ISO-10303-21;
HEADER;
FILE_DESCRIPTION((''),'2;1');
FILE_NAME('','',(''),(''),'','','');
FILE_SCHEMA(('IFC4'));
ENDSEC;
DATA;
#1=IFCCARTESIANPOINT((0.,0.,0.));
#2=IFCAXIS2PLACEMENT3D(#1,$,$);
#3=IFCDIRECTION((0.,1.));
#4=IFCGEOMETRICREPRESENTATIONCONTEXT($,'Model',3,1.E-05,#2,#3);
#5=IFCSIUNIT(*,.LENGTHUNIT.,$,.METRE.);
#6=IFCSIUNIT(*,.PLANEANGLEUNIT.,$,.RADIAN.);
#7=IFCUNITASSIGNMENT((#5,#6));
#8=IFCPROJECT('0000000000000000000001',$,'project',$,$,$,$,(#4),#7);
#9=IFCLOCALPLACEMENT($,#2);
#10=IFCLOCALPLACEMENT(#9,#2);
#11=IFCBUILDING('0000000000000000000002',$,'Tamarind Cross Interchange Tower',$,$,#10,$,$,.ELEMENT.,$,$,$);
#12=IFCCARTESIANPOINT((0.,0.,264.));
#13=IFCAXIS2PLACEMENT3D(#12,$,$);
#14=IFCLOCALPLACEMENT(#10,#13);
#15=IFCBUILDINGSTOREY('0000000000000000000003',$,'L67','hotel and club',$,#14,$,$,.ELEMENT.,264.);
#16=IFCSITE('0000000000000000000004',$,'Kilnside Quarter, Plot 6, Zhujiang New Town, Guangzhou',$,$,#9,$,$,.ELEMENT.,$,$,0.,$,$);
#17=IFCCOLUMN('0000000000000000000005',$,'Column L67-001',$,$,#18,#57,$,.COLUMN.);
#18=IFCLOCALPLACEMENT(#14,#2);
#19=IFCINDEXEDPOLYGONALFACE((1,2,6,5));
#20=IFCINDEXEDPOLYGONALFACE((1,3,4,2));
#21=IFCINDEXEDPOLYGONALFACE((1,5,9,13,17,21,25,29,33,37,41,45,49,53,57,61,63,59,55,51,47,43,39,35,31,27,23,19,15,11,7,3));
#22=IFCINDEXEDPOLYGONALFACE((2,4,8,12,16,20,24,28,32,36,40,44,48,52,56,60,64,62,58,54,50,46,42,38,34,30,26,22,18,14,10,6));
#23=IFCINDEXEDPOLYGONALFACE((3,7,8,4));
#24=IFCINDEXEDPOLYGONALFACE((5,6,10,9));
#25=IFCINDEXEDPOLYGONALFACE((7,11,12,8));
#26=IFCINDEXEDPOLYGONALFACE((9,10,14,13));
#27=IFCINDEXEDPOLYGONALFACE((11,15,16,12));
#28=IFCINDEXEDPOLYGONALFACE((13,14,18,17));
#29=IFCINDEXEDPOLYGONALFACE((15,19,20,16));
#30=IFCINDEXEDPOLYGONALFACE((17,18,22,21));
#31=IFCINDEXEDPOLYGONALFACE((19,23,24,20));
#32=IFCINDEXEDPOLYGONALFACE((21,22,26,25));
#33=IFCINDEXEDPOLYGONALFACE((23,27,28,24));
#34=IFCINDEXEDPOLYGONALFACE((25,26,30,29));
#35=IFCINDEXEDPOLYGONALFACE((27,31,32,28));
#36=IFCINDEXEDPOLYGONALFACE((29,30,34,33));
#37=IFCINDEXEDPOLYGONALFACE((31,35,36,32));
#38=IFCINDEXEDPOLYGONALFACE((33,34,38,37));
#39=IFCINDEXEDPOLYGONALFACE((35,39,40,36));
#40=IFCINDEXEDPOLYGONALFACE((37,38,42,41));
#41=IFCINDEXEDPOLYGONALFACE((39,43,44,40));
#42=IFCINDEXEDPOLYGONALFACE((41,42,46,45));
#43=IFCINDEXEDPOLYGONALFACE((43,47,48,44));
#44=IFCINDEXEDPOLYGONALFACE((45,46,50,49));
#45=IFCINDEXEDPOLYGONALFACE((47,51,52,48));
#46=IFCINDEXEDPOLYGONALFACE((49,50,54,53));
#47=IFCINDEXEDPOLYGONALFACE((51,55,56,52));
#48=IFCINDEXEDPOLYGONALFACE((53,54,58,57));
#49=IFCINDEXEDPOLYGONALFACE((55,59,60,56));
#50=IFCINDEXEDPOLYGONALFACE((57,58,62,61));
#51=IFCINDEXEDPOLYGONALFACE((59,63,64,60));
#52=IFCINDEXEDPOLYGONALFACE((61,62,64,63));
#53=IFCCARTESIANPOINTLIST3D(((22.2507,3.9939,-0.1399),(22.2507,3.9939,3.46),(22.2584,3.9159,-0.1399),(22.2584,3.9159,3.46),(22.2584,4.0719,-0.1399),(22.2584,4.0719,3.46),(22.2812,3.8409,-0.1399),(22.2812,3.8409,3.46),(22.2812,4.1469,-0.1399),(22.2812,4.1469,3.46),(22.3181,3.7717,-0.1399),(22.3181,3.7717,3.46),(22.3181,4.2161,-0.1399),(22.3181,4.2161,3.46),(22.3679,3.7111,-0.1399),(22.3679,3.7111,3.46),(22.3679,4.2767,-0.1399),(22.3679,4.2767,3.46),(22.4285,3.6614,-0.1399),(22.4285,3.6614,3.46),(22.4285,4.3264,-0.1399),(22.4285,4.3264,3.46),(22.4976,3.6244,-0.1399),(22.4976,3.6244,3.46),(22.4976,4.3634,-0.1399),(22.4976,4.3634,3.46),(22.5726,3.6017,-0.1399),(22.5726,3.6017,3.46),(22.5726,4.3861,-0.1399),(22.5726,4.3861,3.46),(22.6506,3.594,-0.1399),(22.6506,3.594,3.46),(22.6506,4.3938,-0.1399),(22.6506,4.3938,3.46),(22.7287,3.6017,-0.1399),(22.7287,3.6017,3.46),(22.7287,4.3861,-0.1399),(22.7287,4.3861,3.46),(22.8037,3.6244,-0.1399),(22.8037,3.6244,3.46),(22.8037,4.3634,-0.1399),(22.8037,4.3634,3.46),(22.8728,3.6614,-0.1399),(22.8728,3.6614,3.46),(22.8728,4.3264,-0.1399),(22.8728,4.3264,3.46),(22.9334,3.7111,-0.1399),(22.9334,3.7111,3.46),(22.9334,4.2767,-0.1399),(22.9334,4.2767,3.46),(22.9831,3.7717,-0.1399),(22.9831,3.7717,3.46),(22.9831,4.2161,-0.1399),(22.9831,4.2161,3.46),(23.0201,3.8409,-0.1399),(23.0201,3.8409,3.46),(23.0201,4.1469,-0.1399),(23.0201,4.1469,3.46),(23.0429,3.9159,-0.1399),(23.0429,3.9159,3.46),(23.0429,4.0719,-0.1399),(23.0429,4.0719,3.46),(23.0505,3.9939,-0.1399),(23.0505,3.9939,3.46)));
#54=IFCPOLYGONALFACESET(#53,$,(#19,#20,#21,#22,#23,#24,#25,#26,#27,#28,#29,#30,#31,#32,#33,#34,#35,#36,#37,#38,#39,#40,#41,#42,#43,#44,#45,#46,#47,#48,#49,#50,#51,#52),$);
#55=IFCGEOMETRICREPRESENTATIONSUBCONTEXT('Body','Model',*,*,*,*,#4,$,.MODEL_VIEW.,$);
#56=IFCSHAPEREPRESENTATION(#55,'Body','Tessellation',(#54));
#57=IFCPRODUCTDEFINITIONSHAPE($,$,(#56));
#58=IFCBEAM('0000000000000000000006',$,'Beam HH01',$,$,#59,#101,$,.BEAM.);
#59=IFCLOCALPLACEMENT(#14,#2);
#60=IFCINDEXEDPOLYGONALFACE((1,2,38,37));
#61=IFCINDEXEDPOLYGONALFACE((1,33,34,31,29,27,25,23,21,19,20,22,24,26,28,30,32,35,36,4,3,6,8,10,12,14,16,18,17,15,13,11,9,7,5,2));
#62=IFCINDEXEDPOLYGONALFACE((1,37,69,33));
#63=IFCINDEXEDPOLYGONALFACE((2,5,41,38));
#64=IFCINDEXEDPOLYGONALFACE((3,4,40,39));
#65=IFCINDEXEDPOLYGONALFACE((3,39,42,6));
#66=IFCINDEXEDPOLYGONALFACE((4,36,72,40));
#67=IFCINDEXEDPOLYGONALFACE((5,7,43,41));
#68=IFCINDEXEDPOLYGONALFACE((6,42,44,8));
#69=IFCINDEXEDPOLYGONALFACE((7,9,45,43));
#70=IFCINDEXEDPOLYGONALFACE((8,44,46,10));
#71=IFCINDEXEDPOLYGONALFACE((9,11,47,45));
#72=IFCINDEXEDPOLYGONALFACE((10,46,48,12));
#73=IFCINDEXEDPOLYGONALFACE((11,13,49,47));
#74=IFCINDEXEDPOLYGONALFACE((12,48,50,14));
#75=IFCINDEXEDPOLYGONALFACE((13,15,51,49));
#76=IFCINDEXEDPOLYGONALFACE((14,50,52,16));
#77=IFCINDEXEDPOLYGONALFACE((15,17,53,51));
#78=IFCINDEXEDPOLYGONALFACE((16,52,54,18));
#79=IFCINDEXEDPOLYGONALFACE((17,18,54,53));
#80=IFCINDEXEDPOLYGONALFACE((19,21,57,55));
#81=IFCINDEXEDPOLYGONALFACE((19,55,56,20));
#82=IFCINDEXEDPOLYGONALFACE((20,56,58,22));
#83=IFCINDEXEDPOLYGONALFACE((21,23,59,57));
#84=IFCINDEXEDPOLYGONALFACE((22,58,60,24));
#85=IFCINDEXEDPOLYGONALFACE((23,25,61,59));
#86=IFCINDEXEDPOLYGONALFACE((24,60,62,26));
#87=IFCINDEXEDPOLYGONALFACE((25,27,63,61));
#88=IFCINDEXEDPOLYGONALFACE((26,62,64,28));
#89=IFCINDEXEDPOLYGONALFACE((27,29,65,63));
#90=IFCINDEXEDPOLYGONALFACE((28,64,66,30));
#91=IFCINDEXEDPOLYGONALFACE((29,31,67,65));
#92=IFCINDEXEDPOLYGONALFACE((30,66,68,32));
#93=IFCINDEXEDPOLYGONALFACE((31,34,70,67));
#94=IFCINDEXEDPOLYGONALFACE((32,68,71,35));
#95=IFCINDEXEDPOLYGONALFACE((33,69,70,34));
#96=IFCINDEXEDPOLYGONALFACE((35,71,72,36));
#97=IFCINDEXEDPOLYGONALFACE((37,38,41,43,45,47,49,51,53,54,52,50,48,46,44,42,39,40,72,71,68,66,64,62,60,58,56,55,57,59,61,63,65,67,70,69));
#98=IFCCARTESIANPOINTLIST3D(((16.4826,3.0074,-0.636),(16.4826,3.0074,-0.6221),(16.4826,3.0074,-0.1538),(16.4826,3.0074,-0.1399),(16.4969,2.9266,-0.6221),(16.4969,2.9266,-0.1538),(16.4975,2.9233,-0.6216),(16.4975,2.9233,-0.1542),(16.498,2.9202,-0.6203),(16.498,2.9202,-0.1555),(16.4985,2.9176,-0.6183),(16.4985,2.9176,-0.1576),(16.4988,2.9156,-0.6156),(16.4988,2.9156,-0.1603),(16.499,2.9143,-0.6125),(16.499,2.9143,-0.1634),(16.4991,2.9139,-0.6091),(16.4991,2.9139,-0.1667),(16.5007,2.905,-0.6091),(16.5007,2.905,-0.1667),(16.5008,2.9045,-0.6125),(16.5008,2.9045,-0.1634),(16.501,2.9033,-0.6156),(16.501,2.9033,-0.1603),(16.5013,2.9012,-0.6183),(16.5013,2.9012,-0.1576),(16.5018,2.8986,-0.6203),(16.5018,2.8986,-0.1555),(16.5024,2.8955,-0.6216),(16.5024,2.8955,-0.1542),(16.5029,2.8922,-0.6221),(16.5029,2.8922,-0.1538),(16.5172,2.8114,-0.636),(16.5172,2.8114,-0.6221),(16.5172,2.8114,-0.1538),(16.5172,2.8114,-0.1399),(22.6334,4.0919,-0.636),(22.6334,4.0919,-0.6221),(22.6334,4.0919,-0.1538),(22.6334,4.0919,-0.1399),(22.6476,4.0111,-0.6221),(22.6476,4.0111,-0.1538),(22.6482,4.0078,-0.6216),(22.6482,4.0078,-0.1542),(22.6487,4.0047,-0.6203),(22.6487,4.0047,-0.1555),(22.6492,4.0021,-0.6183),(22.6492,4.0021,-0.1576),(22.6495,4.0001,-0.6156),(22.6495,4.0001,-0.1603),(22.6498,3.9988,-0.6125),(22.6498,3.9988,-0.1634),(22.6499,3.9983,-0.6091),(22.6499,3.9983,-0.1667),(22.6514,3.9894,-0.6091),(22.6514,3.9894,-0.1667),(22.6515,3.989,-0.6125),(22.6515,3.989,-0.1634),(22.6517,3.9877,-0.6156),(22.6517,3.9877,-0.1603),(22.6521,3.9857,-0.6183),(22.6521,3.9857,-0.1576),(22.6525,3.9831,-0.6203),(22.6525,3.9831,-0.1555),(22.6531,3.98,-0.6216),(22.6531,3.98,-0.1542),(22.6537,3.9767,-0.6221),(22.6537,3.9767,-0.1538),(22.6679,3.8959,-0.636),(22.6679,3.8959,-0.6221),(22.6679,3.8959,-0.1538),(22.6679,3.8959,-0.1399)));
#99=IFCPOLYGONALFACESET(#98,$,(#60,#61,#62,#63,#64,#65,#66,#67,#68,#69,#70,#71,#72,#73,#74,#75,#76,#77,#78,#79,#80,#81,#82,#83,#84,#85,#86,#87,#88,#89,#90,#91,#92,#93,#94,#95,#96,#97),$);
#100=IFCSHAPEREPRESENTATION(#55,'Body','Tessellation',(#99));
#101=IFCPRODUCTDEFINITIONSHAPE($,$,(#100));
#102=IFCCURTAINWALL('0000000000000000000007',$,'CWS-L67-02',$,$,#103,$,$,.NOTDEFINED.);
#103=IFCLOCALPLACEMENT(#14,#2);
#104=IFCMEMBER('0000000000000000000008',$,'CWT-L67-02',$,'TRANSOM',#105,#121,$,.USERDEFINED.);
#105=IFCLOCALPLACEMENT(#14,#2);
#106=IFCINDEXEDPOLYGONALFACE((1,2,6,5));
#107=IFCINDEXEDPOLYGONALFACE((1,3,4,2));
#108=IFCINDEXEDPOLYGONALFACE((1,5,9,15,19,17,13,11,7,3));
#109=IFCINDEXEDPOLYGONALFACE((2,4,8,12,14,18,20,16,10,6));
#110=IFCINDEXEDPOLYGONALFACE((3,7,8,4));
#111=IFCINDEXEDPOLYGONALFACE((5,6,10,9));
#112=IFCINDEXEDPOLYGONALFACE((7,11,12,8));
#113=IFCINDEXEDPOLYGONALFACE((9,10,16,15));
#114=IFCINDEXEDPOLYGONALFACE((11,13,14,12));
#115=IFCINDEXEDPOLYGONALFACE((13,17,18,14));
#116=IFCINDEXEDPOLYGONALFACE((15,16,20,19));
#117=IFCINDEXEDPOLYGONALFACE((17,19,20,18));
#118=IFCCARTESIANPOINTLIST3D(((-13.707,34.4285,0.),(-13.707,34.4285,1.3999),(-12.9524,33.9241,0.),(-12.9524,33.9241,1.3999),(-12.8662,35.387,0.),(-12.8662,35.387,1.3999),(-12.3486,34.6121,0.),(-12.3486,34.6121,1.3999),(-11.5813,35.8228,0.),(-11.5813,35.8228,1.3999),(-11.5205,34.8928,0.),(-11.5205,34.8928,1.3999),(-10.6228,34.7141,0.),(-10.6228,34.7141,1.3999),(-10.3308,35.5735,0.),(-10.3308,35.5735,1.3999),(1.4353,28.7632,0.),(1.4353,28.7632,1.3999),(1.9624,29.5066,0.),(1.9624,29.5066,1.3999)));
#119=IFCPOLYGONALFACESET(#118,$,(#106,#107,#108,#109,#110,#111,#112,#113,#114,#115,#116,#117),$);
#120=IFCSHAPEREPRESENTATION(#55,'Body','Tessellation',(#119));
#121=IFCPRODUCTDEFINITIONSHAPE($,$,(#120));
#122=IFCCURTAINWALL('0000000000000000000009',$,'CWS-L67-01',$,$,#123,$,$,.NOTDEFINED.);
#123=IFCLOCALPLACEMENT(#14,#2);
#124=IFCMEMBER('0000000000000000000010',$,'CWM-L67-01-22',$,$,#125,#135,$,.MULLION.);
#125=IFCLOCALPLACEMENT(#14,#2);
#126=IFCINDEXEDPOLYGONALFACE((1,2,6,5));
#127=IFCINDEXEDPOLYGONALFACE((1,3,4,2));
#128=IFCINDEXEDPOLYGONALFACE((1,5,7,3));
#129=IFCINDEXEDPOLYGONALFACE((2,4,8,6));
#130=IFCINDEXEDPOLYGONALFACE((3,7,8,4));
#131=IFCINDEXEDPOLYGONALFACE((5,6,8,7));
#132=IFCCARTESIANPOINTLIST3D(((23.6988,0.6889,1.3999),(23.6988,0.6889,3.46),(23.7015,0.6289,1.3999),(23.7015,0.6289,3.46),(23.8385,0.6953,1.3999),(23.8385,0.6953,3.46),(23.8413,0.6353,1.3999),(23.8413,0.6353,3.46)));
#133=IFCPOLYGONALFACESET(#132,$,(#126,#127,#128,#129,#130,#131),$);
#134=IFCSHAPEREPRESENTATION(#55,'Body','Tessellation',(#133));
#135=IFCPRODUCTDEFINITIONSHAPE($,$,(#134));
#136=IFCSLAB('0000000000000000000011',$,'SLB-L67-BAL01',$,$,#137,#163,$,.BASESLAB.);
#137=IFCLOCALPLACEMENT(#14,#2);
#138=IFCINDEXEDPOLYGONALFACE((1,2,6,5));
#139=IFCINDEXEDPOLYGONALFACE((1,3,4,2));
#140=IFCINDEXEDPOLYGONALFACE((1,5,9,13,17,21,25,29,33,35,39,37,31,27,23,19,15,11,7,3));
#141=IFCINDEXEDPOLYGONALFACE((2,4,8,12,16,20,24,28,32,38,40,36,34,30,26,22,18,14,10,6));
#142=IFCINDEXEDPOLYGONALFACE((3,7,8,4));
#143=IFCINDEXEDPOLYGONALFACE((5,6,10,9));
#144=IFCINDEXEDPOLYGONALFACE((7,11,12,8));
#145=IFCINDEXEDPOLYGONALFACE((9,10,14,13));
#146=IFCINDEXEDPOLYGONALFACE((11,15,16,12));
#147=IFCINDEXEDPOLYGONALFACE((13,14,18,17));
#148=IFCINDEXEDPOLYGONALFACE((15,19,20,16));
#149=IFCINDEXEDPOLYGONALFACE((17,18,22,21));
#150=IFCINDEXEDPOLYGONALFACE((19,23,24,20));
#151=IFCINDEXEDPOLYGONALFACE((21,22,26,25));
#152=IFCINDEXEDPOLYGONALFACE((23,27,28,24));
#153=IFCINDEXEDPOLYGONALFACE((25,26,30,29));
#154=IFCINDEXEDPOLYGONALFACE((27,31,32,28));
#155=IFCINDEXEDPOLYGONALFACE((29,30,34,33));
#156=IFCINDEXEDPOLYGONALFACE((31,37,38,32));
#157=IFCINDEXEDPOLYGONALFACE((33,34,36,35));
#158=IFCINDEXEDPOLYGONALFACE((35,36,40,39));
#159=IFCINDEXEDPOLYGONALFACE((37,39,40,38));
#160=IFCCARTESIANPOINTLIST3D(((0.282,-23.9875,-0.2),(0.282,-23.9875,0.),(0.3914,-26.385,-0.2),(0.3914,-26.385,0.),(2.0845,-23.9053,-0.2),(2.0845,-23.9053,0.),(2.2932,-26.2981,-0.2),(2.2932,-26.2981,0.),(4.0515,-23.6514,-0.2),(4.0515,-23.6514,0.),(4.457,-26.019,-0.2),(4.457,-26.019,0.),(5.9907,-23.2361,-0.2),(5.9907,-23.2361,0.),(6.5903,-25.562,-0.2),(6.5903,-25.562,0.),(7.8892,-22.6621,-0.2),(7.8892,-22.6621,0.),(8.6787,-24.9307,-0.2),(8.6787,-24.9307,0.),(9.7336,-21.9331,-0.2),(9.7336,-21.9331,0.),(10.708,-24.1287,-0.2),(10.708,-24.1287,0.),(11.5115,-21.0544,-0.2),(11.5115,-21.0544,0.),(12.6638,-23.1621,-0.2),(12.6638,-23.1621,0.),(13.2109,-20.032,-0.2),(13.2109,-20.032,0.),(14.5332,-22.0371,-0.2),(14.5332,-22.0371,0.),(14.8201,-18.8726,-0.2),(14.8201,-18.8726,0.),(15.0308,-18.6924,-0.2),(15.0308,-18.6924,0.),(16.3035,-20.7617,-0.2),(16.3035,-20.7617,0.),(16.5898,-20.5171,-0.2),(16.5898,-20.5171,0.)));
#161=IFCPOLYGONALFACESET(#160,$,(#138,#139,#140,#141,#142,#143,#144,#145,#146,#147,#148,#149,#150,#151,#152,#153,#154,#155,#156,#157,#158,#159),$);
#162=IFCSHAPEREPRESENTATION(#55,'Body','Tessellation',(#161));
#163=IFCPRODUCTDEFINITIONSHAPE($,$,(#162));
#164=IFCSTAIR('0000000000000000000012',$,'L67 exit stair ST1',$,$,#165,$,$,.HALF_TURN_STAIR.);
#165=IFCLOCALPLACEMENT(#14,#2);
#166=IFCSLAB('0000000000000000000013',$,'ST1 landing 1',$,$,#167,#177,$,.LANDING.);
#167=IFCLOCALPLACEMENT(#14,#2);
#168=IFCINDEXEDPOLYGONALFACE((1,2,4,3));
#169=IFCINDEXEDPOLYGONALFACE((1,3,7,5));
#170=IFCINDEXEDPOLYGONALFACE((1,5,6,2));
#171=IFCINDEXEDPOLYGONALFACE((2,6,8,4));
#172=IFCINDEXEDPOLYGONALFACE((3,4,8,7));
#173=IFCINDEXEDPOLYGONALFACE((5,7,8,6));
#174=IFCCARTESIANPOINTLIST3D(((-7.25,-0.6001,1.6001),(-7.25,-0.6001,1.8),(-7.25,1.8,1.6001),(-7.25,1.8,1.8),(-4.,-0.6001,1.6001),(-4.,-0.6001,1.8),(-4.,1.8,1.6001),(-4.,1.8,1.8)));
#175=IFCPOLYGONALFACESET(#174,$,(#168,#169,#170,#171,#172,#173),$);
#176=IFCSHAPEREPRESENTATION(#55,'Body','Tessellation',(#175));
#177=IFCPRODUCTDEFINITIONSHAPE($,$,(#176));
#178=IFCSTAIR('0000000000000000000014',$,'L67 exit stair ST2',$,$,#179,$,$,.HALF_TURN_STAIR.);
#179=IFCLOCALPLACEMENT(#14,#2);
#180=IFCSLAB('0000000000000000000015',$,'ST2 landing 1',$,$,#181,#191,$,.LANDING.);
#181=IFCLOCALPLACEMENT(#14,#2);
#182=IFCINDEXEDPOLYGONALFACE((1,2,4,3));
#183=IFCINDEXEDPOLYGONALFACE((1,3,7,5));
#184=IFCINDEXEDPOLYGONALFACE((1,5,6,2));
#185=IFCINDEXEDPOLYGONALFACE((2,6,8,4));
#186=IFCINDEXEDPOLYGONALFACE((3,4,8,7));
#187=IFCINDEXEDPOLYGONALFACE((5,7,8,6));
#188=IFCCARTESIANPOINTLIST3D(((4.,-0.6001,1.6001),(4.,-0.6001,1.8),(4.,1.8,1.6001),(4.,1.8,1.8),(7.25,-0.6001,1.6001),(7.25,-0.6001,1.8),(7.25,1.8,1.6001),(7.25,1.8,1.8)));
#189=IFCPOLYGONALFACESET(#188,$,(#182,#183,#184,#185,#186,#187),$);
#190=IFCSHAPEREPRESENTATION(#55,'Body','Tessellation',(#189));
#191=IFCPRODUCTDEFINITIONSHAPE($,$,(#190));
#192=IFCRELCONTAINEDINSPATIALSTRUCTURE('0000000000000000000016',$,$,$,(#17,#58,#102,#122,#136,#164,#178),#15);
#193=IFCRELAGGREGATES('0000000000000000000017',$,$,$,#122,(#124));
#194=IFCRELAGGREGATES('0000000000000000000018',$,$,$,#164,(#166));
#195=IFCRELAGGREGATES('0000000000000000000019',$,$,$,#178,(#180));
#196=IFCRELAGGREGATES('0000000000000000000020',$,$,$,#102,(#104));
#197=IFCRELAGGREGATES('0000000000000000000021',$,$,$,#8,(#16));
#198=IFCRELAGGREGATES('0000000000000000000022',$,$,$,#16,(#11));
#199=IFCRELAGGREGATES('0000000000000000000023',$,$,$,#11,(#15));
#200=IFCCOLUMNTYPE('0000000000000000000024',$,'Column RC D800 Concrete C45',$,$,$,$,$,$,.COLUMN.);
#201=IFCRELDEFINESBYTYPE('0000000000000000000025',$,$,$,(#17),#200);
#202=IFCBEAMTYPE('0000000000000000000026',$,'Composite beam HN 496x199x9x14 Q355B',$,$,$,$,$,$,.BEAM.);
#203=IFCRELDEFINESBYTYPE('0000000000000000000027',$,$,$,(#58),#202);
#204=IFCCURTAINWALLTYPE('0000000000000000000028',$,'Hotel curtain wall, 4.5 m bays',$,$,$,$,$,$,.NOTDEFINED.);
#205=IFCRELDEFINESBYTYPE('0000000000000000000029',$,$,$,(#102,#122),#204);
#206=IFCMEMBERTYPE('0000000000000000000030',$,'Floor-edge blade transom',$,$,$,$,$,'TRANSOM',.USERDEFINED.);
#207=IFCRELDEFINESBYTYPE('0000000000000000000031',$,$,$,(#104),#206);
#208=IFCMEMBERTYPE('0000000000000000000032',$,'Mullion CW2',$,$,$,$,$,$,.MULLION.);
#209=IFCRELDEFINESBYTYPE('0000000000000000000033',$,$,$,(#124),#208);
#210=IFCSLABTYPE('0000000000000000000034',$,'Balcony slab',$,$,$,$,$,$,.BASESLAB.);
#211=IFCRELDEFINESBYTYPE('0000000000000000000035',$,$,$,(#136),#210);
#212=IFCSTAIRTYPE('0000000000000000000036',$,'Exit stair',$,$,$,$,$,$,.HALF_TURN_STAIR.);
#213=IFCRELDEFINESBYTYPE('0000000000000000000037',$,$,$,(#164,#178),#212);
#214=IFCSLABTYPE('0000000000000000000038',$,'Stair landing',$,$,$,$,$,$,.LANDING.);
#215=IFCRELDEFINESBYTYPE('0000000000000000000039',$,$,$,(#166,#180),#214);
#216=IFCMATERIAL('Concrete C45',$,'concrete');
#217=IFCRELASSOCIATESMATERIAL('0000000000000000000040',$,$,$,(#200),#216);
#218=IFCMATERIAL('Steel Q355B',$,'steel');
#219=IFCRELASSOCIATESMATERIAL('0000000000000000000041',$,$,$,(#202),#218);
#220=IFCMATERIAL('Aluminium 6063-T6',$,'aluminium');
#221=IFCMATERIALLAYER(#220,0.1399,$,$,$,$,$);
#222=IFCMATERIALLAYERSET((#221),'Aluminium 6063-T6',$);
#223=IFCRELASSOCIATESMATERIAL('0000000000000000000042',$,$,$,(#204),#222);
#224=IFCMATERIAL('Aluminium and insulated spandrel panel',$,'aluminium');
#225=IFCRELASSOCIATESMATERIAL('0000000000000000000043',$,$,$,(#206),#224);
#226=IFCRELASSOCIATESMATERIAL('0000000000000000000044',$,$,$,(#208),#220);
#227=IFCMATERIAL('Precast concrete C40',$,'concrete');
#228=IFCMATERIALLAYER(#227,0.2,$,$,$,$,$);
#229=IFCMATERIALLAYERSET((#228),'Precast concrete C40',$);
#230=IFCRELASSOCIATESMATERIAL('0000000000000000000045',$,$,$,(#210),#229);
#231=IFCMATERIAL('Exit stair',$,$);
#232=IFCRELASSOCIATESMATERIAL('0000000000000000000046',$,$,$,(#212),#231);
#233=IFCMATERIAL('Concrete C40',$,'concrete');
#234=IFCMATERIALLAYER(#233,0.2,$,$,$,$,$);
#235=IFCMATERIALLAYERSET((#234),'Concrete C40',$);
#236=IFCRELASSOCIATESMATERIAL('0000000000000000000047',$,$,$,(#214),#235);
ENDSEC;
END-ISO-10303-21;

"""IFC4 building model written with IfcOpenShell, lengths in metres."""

from ifc_helpers import new_model, si_unit, direction, frame, origin, origin_2d, place, context, subcontext, project, spatial, polyline, rectangle, circle, i_section, outline, extrude, material, layer, layer_set, material_profile, profile_set, type_object, element, aggregate, save


model = new_model("IFC4")

# Units and contexts
model_context = context("Model", 3, precision=1e-05, world=origin(), true_north=direction((0.0, 1.0)))
body_context = subcontext(model_context, "Body", "Model", "MODEL_VIEW")
ifc_project = project(units=[si_unit("LENGTHUNIT", "METRE"), si_unit("PLANEANGLEUNIT", "RADIAN")], contexts=[model_context])

# Site, building, storey
site_placement = place(None, origin())
site = spatial("IfcSite", under=ifc_project, at=site_placement, Name="Kilnside Quarter, Plot 6, Zhujiang New Town, Guangzhou", CompositionType="ELEMENT", RefElevation=0.0)
building_placement = place(site_placement, origin())
building = spatial("IfcBuilding", under=site, at=building_placement, Name="Tamarind Cross Interchange Tower", CompositionType="ELEMENT")
storey_placement = place(building_placement, frame((0.0, 0.0, 264.0)))
storey = spatial("IfcBuildingStorey", under=building, at=storey_placement, Name="L67", Description="hotel and club", CompositionType="ELEMENT", Elevation=264.0)

# Column
ifc_material_1 = material(Name="Concrete C45", Category="concrete")
ifc_material_profile_1 = material_profile(ifc_material_1, circle(Radius=0.3999, at=origin_2d()), Name="RC D800")
ifc_profile_set_1 = profile_set([ifc_material_profile_1], Name="Concrete C45")
column_type = type_object("IfcColumnType", Name="Column RC D800 Concrete C45", PredefinedType="COLUMN", material=ifc_profile_set_1)
column_placement = place(storey_placement, frame((22.6506, 3.9939, -0.1399), z_axis=(0.0, 0.0, 1.0), x_axis=(1.0, 0.0, 0.0)))
element("IfcColumn", 1, at=column_placement, inside=storey, type_object=column_type, Name="Column L67-001", PredefinedType="COLUMN", context=body_context, shape_type="SweptSolid", body=[
    extrude(circle(Radius=0.3999, at=origin_2d()), origin(), (0.0, 0.0, 1.0), 3.5999),
])

# Beam
ifc_material_2 = material(Name="Steel Q355B", Category="steel")
ifc_material_profile_2 = material_profile(ifc_material_2, i_section(OverallWidth=0.199, OverallDepth=0.4961, WebThickness=0.009, FlangeThickness=0.0139, FilletRadius=0.0129, at=origin_2d()), Name="HN 496x199x9x14")
ifc_profile_set_2 = profile_set([ifc_material_profile_2], Name="Steel Q355B")
beam_type = type_object("IfcBeamType", Name="Composite beam HN 496x199x9x14 Q355B", PredefinedType="BEAM", material=ifc_profile_set_2)
beam_placement = place(storey_placement, frame((22.6506, 3.9939, -0.3879), z_axis=(-0.984809, -0.17364, 0.0), x_axis=(0.17364, -0.984809, 0.0)))
element("IfcBeam", 2, at=beam_placement, inside=storey, type_object=beam_type, Name="Beam HH01", PredefinedType="BEAM", context=body_context, shape_type="SweptSolid", body=[
    extrude(i_section(OverallWidth=0.199, OverallDepth=0.4961, WebThickness=0.009, FlangeThickness=0.0139, FilletRadius=0.0129, at=origin_2d()), origin(), (0.0, 0.0, 1.0), 6.2456),
])

# Curtain walls, members
ifc_material_3 = material(Name="Aluminium 6063-T6", Category="aluminium")
ifc_layer_1 = layer(ifc_material_3, 0.1399)
ifc_layer_set_1 = layer_set([ifc_layer_1], Name="Aluminium 6063-T6")
curtain_wall_type = type_object("IfcCurtainWallType", Name="Hotel curtain wall, 4.5 m bays", PredefinedType="NOTDEFINED", material=ifc_layer_set_1)
curtain_wall_1_placement = place(storey_placement, origin())
curtain_wall_1 = element("IfcCurtainWall", 3, at=curtain_wall_1_placement, inside=storey, type_object=curtain_wall_type, Name="CWS-L67-02", PredefinedType="NOTDEFINED")
ifc_material_4 = material(Name="Aluminium and insulated spandrel panel", Category="aluminium")
member_type_1 = type_object("IfcMemberType", Name="Floor-edge blade transom", ElementType="TRANSOM", PredefinedType="USERDEFINED", material=ifc_material_4)
member_1_placement = place(storey_placement, origin())
member_1 = element("IfcMember", 4, at=member_1_placement, type_object=member_type_1, Name="CWT-L67-02", ObjectType="TRANSOM", PredefinedType="USERDEFINED", context=body_context, shape_type="SweptSolid", body=[
    extrude(outline(polyline([(1.4353, 28.7632), (-10.6228, 34.7141), (-11.5205, 34.8928), (-12.3486, 34.6121), (-12.9524, 33.9241), (-13.707, 34.4285), (-12.8662, 35.387), (-11.5813, 35.8228), (-10.3308, 35.5735), (1.9624, 29.5066), (1.4353, 28.7632)])), origin(), (0.0, 0.0, 1.0), 1.3999),
])
curtain_wall_2_placement = place(storey_placement, origin())
curtain_wall_2 = element("IfcCurtainWall", 5, at=curtain_wall_2_placement, inside=storey, type_object=curtain_wall_type, Name="CWS-L67-01", PredefinedType="NOTDEFINED")
ifc_material_profile_3 = material_profile(ifc_material_3, rectangle(XDim=0.0601, YDim=0.1399, at=origin_2d()), Name="Mullion CW2")
ifc_profile_set_3 = profile_set([ifc_material_profile_3], Name="Aluminium 6063-T6")
member_type_2 = type_object("IfcMemberType", Name="Mullion CW2", PredefinedType="MULLION", material=ifc_profile_set_3)
member_2_placement = place(storey_placement, frame((23.77, 0.6621, 1.3999), z_axis=(0.0, 0.0, 1.0), x_axis=(-0.045624, 0.998959, 0.0)))
member_2 = element("IfcMember", 6, at=member_2_placement, type_object=member_type_2, Name="CWM-L67-01-22", PredefinedType="MULLION", context=body_context, shape_type="SweptSolid", body=[
    extrude(rectangle(XDim=0.0601, YDim=0.1399, at=origin_2d()), origin(), (0.0, 0.0, 1.0), 2.0601),
])
aggregate(curtain_wall_2, [member_2])

# Slab
ifc_material_5 = material(Name="Precast concrete C40", Category="concrete")
ifc_layer_2 = layer(ifc_material_5, 0.2)
ifc_layer_set_2 = layer_set([ifc_layer_2], Name="Precast concrete C40")
slab_type_1 = type_object("IfcSlabType", Name="Balcony slab", PredefinedType="BASESLAB", material=ifc_layer_set_2)
slab_1_placement = place(storey_placement, frame((0.0, 0.0, -0.2)))
element("IfcSlab", 7, at=slab_1_placement, inside=storey, type_object=slab_type_1, Name="SLB-L67-BAL01", PredefinedType="BASESLAB", context=body_context, shape_type="SweptSolid", body=[
    extrude(outline(polyline([(0.282, -23.9875), (2.0845, -23.9053), (4.0515, -23.6514), (5.9907, -23.2361), (7.8892, -22.6621), (9.7336, -21.9331), (11.5115, -21.0544), (13.2109, -20.032), (14.8201, -18.8726), (15.0308, -18.6924), (16.5898, -20.5171), (16.3035, -20.7617), (14.5332, -22.0371), (12.6638, -23.1621), (10.708, -24.1287), (8.6787, -24.9307), (6.5903, -25.562), (4.457, -26.019), (2.2932, -26.2981), (0.3914, -26.385), (0.282, -23.9875)])), origin(), (0.0, 0.0, 1.0), 0.2),
])

# Stairs, slabs
ifc_material_6 = material(Name="Exit stair")
stair_type = type_object("IfcStairType", Name="Exit stair", PredefinedType="HALF_TURN_STAIR", material=ifc_material_6)
stair_1_placement = place(storey_placement, origin())
stair_1 = element("IfcStair", 8, at=stair_1_placement, inside=storey, type_object=stair_type, Name="L67 exit stair ST1", PredefinedType="HALF_TURN_STAIR")
ifc_material_7 = material(Name="Concrete C40", Category="concrete")
ifc_layer_3 = layer(ifc_material_7, 0.2)
ifc_layer_set_3 = layer_set([ifc_layer_3], Name="Concrete C40")
slab_type_2 = type_object("IfcSlabType", Name="Stair landing", PredefinedType="LANDING", material=ifc_layer_set_3)
slab_2_placement = place(storey_placement, frame((0.0, 0.0, 1.6001)))
slab_2 = element("IfcSlab", 9, at=slab_2_placement, type_object=slab_type_2, Name="ST1 landing 1", PredefinedType="LANDING", context=body_context, shape_type="SweptSolid", body=[
    extrude(outline(polyline([(-4.0, -0.6001), (-4.0, 1.8), (-7.25, 1.8), (-7.25, -0.6001), (-4.0, -0.6001)])), origin(), (0.0, 0.0, 1.0), 0.2),
])
aggregate(stair_1, [slab_2])
stair_2_placement = place(storey_placement, origin())
stair_2 = element("IfcStair", 10, at=stair_2_placement, inside=storey, type_object=stair_type, Name="L67 exit stair ST2", PredefinedType="HALF_TURN_STAIR")
slab_3_placement = place(storey_placement, frame((0.0, 0.0, 1.6001)))
slab_3 = element("IfcSlab", 11, at=slab_3_placement, type_object=slab_type_2, Name="ST2 landing 1", PredefinedType="LANDING", context=body_context, shape_type="SweptSolid", body=[
    extrude(outline(polyline([(7.25, -0.6001), (7.25, 1.8), (4.0, 1.8), (4.0, -0.6001), (7.25, -0.6001)])), origin(), (0.0, 0.0, 1.0), 0.2),
])
aggregate(stair_2, [slab_3])

aggregate(curtain_wall_1, [member_1])

save(model, "model.ifc")
